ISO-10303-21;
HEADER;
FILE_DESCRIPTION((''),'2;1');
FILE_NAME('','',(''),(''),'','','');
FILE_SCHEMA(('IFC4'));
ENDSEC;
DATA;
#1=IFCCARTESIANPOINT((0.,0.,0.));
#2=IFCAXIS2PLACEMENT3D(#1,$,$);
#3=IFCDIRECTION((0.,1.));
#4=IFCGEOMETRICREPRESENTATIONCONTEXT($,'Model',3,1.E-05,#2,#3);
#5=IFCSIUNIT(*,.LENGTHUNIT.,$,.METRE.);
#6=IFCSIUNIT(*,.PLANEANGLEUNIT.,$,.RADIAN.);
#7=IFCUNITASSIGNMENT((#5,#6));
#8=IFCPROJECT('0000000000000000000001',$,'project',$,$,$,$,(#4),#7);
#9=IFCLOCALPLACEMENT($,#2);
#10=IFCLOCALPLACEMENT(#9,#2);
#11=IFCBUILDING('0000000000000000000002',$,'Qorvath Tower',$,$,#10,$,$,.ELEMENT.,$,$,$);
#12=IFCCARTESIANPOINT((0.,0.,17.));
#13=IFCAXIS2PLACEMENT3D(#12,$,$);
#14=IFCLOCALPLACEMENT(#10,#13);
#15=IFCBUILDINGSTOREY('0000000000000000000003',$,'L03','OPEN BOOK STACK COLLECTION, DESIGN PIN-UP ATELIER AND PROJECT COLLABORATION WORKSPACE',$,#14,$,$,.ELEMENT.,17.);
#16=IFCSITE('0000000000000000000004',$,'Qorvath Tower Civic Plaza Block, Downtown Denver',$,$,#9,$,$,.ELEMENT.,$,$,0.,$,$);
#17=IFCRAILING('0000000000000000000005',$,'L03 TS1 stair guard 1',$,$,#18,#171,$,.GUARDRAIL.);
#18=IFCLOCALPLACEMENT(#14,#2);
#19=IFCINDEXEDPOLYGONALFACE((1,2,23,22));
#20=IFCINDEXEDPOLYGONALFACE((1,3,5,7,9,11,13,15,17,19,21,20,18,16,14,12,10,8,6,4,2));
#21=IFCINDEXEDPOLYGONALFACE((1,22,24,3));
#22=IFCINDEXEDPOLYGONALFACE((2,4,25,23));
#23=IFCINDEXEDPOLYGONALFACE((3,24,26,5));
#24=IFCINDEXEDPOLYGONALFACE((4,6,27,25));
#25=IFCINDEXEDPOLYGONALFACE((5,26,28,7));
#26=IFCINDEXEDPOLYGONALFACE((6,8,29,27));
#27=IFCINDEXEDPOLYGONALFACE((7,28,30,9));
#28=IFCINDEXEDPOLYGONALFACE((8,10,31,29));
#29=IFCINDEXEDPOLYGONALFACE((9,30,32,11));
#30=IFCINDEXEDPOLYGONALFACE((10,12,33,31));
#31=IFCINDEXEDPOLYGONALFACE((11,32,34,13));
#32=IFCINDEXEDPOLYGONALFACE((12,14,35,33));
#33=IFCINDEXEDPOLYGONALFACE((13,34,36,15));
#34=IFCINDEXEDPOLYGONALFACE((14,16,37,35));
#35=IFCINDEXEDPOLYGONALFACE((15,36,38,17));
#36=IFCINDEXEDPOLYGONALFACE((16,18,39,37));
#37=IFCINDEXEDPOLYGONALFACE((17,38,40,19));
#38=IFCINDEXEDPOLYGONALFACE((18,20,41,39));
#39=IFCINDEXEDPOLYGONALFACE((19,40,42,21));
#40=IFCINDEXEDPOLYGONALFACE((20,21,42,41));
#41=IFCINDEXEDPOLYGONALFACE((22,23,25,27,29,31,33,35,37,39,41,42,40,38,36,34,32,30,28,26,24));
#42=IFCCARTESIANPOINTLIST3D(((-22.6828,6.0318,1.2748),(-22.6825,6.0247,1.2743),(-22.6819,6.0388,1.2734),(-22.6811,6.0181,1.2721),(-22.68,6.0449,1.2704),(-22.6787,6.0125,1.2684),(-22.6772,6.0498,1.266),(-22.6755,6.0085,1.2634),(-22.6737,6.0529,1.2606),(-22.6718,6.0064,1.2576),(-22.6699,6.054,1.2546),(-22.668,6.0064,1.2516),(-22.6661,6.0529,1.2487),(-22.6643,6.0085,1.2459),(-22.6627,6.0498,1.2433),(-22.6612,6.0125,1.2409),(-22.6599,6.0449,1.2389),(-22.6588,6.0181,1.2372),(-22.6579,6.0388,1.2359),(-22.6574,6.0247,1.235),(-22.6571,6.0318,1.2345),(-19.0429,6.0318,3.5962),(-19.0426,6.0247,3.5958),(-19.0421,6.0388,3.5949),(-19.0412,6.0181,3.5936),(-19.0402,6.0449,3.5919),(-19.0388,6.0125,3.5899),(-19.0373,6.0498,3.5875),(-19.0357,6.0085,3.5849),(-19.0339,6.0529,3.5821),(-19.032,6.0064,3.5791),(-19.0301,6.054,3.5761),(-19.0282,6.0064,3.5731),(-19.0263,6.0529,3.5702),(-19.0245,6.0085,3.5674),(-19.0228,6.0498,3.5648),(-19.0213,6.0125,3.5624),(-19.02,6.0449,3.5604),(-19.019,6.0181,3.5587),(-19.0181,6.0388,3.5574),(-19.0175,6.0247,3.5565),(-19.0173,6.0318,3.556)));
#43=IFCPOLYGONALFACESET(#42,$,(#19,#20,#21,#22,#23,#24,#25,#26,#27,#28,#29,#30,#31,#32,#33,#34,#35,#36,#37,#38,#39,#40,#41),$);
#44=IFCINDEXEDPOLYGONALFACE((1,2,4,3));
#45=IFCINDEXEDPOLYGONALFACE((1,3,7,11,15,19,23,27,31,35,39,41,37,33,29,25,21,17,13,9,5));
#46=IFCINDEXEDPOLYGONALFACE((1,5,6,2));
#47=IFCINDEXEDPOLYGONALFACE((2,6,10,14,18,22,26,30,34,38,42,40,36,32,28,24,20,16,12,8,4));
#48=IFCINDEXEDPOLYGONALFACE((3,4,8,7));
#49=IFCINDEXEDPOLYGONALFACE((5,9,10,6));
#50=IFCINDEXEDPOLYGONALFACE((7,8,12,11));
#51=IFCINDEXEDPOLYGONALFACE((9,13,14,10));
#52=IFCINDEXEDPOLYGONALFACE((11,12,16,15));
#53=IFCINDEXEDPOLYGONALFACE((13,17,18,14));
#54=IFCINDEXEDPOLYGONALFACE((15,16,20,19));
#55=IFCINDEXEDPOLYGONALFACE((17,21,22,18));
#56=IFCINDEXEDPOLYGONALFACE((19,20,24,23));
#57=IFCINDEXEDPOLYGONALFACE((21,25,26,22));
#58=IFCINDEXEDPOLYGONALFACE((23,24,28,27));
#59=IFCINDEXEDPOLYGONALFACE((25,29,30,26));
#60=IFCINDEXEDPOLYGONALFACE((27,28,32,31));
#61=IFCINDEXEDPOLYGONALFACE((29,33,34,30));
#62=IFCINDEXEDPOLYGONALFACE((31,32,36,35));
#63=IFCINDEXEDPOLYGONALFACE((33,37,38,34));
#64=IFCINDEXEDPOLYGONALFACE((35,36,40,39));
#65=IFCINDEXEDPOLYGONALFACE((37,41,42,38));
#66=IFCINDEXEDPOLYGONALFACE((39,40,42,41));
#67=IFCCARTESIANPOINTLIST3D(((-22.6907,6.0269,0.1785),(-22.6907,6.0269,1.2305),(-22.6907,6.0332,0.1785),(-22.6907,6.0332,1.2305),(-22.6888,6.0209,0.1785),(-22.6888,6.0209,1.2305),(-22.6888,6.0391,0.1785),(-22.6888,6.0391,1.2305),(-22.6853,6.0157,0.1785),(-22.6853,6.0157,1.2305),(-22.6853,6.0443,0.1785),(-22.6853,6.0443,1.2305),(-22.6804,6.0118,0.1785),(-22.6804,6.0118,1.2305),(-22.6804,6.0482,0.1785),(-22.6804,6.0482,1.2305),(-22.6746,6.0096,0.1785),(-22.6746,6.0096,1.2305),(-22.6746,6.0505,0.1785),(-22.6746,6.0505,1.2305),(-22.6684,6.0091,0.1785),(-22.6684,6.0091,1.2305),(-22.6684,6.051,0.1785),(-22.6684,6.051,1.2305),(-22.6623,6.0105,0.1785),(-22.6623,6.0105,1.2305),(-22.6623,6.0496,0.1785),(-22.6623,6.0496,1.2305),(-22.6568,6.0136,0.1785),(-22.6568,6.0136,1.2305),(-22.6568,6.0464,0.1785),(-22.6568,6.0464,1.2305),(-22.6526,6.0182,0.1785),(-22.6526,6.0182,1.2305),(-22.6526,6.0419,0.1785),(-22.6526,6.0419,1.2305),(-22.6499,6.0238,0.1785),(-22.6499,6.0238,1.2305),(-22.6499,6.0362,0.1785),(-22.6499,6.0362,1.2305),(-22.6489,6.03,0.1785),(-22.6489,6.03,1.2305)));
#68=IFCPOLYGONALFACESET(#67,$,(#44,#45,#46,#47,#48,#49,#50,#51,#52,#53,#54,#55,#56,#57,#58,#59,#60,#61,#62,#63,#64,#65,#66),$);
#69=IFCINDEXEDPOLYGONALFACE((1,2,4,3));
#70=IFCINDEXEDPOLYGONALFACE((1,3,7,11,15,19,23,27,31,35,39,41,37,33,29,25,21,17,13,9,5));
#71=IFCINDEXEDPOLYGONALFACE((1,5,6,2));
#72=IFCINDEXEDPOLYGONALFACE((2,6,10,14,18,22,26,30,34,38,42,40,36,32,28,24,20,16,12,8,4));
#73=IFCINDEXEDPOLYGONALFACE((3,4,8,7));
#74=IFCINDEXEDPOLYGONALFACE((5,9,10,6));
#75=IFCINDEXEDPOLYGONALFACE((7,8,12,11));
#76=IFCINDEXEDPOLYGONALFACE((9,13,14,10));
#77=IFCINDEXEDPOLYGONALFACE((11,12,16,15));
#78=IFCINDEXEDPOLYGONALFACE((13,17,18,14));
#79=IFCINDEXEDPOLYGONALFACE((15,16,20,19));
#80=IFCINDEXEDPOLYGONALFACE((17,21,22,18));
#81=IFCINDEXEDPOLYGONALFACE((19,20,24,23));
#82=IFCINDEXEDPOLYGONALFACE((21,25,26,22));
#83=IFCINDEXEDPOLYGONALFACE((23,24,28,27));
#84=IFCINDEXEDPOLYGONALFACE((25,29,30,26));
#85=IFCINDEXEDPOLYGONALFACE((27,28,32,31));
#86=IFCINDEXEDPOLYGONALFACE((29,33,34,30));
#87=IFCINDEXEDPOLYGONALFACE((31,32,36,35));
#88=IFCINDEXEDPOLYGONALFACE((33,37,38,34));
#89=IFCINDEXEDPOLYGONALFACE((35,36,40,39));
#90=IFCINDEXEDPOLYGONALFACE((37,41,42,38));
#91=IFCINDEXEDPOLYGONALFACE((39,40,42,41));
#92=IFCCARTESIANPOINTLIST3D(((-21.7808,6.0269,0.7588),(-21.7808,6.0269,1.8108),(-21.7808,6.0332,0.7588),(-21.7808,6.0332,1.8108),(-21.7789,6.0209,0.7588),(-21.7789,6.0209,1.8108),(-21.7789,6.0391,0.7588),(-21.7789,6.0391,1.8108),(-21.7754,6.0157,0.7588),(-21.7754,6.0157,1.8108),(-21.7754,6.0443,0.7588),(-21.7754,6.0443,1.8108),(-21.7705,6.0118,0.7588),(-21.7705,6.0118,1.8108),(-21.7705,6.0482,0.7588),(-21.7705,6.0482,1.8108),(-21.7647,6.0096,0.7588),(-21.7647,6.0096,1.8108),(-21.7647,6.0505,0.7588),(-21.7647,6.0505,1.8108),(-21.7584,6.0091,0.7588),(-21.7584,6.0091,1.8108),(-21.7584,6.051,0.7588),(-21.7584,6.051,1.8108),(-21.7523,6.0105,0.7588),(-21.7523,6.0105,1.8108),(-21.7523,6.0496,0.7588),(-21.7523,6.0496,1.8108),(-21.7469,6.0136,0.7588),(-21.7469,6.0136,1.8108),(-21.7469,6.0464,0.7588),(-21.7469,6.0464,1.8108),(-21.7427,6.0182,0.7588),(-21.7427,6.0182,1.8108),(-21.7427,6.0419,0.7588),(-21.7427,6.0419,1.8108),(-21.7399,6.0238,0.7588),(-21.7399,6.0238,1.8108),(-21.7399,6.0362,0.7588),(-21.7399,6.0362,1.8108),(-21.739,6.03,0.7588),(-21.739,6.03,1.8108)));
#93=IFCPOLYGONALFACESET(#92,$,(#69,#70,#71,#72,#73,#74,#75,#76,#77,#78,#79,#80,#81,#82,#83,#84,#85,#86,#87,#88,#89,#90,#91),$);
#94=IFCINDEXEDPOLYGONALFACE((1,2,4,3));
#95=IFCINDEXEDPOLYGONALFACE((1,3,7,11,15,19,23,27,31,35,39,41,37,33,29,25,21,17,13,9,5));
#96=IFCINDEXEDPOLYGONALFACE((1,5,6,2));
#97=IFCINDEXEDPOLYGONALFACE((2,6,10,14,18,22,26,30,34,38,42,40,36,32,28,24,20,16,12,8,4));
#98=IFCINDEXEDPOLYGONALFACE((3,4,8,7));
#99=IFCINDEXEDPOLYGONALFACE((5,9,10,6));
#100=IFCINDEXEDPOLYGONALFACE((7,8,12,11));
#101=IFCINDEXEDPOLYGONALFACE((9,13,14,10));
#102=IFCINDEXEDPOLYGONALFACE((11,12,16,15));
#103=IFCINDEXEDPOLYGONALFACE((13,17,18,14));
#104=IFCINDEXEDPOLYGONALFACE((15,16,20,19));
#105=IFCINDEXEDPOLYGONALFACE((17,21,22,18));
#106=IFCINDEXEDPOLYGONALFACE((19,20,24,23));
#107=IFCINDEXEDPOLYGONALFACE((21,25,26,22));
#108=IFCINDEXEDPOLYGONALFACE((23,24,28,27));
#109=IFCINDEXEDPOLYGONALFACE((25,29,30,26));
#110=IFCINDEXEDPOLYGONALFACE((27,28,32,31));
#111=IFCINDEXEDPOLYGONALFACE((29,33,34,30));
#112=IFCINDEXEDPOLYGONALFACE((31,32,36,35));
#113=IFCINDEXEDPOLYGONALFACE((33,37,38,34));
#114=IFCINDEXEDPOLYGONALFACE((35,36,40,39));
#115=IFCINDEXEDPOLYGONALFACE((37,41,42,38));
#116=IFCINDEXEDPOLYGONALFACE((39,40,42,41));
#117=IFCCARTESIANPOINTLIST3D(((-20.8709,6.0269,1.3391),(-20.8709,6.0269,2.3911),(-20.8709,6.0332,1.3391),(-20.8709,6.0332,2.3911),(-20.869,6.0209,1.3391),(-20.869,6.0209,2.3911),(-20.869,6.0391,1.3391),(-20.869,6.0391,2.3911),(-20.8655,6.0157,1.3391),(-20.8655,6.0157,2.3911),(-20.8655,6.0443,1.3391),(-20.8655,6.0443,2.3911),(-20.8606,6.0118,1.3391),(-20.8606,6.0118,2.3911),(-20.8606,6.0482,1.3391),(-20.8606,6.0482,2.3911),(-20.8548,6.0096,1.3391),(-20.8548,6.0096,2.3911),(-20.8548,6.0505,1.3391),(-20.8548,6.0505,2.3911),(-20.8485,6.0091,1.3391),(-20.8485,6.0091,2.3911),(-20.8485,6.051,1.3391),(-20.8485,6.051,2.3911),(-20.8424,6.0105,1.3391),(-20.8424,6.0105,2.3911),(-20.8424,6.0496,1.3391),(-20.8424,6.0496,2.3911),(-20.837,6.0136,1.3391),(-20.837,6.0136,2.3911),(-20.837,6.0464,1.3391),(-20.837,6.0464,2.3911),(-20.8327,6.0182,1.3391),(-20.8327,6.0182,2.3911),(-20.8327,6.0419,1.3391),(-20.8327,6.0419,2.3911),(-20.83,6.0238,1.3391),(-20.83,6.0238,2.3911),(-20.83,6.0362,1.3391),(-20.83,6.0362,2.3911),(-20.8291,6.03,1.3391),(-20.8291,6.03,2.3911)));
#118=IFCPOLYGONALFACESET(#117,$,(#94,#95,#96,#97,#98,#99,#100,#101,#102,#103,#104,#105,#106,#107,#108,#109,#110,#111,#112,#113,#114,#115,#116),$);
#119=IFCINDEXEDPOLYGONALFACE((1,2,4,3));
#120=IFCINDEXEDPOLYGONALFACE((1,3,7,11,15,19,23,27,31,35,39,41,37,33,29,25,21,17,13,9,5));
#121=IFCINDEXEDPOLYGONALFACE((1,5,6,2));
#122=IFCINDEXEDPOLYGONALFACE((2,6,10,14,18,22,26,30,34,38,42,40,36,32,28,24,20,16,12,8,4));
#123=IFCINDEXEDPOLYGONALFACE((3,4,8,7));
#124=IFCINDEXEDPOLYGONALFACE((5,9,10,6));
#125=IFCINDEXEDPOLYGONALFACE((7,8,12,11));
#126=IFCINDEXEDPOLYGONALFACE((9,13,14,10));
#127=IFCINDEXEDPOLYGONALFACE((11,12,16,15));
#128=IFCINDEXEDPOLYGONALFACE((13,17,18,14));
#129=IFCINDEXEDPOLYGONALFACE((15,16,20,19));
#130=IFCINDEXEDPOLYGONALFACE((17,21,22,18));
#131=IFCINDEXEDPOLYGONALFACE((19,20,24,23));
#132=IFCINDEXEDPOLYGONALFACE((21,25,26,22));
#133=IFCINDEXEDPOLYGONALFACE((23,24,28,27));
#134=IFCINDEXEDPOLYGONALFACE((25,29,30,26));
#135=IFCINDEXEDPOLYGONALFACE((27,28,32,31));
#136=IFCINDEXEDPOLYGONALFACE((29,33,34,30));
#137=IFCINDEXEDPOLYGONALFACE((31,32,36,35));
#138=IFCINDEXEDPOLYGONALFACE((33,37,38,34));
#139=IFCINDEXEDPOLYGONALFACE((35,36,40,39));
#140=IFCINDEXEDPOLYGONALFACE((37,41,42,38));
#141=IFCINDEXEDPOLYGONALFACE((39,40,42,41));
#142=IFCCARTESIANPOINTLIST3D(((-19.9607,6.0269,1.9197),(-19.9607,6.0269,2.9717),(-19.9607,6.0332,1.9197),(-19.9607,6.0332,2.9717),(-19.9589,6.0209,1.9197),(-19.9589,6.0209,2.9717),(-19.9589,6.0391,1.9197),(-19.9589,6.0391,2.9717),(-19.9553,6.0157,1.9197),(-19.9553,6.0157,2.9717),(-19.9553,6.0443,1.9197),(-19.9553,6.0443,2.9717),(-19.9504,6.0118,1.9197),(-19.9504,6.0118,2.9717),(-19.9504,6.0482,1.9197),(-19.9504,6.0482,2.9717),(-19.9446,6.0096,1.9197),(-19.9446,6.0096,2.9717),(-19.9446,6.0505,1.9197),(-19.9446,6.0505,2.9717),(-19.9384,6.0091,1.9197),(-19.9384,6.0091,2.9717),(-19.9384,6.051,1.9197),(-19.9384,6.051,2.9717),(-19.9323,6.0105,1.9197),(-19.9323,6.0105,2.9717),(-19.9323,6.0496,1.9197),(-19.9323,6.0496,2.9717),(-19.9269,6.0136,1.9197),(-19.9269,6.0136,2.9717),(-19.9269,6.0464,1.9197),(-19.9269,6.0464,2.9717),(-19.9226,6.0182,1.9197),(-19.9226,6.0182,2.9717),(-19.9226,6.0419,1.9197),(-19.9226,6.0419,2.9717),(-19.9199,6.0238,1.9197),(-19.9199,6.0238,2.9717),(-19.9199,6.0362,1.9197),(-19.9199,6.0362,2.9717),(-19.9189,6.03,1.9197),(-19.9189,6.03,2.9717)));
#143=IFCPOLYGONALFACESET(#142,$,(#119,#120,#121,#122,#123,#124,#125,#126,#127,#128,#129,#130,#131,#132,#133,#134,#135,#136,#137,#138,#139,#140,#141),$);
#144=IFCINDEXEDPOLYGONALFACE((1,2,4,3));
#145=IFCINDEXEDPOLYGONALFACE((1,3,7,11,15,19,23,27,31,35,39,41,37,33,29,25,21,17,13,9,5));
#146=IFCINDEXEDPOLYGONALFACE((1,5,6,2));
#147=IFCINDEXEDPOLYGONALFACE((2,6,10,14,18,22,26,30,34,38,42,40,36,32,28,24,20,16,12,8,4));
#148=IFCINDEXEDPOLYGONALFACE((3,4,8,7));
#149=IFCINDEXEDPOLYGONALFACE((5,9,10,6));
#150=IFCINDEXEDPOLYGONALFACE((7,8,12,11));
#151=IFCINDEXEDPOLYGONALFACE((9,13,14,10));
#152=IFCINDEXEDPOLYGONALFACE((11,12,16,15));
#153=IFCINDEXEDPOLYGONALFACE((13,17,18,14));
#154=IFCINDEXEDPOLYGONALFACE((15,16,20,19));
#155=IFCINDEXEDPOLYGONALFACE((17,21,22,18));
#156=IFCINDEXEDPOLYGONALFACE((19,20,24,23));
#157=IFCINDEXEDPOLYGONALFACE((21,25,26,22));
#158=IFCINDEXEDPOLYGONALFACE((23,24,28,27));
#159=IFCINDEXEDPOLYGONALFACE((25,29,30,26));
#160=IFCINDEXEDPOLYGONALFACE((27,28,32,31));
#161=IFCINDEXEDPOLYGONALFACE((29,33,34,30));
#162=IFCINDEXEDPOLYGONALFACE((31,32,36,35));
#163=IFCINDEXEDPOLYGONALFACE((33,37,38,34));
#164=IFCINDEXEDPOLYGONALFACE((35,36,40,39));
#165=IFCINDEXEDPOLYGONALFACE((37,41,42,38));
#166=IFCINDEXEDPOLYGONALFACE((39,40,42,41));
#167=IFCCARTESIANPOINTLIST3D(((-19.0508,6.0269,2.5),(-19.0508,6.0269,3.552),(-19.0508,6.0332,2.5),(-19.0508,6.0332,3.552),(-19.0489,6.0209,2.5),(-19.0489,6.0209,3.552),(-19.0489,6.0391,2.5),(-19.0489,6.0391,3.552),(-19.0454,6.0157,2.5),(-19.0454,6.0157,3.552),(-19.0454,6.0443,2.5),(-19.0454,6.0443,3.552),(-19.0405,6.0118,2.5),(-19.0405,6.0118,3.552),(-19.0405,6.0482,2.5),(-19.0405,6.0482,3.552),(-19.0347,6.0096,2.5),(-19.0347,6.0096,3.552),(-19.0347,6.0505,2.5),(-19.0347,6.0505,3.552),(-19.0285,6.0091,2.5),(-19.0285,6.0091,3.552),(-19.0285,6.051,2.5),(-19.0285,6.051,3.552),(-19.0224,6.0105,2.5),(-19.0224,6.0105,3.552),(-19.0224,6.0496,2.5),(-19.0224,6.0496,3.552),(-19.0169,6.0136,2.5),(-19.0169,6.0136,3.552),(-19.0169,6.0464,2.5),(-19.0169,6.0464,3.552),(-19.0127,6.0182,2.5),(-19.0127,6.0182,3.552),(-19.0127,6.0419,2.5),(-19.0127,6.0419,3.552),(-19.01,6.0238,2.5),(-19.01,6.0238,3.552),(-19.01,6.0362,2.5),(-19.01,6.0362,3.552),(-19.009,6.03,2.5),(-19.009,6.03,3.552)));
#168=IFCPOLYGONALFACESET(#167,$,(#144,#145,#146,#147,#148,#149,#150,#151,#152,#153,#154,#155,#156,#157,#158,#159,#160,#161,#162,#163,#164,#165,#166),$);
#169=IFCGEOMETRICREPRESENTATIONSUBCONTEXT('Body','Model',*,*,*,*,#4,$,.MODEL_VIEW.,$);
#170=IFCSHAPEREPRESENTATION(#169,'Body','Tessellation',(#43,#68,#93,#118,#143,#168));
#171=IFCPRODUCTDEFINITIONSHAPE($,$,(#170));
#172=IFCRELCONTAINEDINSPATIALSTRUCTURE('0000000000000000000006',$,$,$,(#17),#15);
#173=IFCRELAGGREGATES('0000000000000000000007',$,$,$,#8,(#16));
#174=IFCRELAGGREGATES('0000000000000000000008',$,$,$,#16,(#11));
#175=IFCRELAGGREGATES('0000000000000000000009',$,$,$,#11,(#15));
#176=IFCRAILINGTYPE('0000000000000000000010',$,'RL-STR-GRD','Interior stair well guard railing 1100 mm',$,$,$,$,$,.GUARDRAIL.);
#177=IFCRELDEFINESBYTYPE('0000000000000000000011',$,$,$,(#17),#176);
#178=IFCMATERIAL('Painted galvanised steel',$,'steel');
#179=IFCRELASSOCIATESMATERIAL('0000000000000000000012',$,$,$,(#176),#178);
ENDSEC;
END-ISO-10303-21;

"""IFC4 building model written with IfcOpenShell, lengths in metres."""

from ifc_helpers import new_model, si_unit, direction, frame, origin, origin_2d, place, context, subcontext, project, spatial, circle, extrude, material, type_object, element, save


model = new_model("IFC4")

# Units and contexts
model_context = context("Model", 3, precision=1e-05, world=origin(), true_north=direction((0.0, 1.0)))
body_context = subcontext(model_context, "Body", "Model", "MODEL_VIEW")
ifc_project = project(units=[si_unit("LENGTHUNIT", "METRE"), si_unit("PLANEANGLEUNIT", "RADIAN")], contexts=[model_context])

# Site, building, storey
site_placement = place(None, origin())
site = spatial("IfcSite", under=ifc_project, at=site_placement, Name="Qorvath Tower Civic Plaza Block, Downtown Denver", CompositionType="ELEMENT", RefElevation=0.0)
building_placement = place(site_placement, origin())
building = spatial("IfcBuilding", under=site, at=building_placement, Name="Qorvath Tower", CompositionType="ELEMENT")
storey_placement = place(building_placement, frame((0.0, 0.0, 17.0)))
storey = spatial("IfcBuildingStorey", under=building, at=storey_placement, Name="L03", Description="OPEN BOOK STACK COLLECTION, DESIGN PIN-UP ATELIER AND PROJECT COLLABORATION WORKSPACE", CompositionType="ELEMENT", Elevation=17.0)

# Railing
ifc_material_1 = material(Name="Painted galvanised steel", Category="steel")
railing_type_1 = type_object("IfcRailingType", Name="RL-STR-GRD", Description="Interior stair well guard railing 1100 mm", PredefinedType="GUARDRAIL", material=ifc_material_1)
railing_1_placement = place(storey_placement, frame((-22.6699, 6.03, 0.1785)))
element("IfcRailing", 1, at=railing_1_placement, inside=storey, type_object=railing_type_1, Name="L03 TS1 stair guard 1", PredefinedType="GUARDRAIL", context=body_context, shape_type="SweptSolid", body=[
    extrude(circle(Radius=0.0239, at=origin_2d()), frame((0.0, 0.0, 1.0762), z_axis=(0.843112, 0.0, 0.537739), x_axis=(0.0, 1.0, 0.0)), (0.0, 0.0, 1.0), 4.3171),
    extrude(circle(Radius=0.021, at=origin_2d()), origin(), (0.0, 0.0, 1.0), 1.052),
    extrude(circle(Radius=0.021, at=origin_2d()), frame((0.9099, 0.0, 0.5803)), (0.0, 0.0, 1.0), 1.052),
    extrude(circle(Radius=0.021, at=origin_2d()), frame((1.8198, 0.0, 1.1606)), (0.0, 0.0, 1.0), 1.052),
    extrude(circle(Radius=0.021, at=origin_2d()), frame((2.73, 0.0, 1.7412)), (0.0, 0.0, 1.0), 1.052),
    extrude(circle(Radius=0.021, at=origin_2d()), frame((3.6399, 0.0, 2.3215)), (0.0, 0.0, 1.0), 1.052),
])

save(model, "model.ifc")
